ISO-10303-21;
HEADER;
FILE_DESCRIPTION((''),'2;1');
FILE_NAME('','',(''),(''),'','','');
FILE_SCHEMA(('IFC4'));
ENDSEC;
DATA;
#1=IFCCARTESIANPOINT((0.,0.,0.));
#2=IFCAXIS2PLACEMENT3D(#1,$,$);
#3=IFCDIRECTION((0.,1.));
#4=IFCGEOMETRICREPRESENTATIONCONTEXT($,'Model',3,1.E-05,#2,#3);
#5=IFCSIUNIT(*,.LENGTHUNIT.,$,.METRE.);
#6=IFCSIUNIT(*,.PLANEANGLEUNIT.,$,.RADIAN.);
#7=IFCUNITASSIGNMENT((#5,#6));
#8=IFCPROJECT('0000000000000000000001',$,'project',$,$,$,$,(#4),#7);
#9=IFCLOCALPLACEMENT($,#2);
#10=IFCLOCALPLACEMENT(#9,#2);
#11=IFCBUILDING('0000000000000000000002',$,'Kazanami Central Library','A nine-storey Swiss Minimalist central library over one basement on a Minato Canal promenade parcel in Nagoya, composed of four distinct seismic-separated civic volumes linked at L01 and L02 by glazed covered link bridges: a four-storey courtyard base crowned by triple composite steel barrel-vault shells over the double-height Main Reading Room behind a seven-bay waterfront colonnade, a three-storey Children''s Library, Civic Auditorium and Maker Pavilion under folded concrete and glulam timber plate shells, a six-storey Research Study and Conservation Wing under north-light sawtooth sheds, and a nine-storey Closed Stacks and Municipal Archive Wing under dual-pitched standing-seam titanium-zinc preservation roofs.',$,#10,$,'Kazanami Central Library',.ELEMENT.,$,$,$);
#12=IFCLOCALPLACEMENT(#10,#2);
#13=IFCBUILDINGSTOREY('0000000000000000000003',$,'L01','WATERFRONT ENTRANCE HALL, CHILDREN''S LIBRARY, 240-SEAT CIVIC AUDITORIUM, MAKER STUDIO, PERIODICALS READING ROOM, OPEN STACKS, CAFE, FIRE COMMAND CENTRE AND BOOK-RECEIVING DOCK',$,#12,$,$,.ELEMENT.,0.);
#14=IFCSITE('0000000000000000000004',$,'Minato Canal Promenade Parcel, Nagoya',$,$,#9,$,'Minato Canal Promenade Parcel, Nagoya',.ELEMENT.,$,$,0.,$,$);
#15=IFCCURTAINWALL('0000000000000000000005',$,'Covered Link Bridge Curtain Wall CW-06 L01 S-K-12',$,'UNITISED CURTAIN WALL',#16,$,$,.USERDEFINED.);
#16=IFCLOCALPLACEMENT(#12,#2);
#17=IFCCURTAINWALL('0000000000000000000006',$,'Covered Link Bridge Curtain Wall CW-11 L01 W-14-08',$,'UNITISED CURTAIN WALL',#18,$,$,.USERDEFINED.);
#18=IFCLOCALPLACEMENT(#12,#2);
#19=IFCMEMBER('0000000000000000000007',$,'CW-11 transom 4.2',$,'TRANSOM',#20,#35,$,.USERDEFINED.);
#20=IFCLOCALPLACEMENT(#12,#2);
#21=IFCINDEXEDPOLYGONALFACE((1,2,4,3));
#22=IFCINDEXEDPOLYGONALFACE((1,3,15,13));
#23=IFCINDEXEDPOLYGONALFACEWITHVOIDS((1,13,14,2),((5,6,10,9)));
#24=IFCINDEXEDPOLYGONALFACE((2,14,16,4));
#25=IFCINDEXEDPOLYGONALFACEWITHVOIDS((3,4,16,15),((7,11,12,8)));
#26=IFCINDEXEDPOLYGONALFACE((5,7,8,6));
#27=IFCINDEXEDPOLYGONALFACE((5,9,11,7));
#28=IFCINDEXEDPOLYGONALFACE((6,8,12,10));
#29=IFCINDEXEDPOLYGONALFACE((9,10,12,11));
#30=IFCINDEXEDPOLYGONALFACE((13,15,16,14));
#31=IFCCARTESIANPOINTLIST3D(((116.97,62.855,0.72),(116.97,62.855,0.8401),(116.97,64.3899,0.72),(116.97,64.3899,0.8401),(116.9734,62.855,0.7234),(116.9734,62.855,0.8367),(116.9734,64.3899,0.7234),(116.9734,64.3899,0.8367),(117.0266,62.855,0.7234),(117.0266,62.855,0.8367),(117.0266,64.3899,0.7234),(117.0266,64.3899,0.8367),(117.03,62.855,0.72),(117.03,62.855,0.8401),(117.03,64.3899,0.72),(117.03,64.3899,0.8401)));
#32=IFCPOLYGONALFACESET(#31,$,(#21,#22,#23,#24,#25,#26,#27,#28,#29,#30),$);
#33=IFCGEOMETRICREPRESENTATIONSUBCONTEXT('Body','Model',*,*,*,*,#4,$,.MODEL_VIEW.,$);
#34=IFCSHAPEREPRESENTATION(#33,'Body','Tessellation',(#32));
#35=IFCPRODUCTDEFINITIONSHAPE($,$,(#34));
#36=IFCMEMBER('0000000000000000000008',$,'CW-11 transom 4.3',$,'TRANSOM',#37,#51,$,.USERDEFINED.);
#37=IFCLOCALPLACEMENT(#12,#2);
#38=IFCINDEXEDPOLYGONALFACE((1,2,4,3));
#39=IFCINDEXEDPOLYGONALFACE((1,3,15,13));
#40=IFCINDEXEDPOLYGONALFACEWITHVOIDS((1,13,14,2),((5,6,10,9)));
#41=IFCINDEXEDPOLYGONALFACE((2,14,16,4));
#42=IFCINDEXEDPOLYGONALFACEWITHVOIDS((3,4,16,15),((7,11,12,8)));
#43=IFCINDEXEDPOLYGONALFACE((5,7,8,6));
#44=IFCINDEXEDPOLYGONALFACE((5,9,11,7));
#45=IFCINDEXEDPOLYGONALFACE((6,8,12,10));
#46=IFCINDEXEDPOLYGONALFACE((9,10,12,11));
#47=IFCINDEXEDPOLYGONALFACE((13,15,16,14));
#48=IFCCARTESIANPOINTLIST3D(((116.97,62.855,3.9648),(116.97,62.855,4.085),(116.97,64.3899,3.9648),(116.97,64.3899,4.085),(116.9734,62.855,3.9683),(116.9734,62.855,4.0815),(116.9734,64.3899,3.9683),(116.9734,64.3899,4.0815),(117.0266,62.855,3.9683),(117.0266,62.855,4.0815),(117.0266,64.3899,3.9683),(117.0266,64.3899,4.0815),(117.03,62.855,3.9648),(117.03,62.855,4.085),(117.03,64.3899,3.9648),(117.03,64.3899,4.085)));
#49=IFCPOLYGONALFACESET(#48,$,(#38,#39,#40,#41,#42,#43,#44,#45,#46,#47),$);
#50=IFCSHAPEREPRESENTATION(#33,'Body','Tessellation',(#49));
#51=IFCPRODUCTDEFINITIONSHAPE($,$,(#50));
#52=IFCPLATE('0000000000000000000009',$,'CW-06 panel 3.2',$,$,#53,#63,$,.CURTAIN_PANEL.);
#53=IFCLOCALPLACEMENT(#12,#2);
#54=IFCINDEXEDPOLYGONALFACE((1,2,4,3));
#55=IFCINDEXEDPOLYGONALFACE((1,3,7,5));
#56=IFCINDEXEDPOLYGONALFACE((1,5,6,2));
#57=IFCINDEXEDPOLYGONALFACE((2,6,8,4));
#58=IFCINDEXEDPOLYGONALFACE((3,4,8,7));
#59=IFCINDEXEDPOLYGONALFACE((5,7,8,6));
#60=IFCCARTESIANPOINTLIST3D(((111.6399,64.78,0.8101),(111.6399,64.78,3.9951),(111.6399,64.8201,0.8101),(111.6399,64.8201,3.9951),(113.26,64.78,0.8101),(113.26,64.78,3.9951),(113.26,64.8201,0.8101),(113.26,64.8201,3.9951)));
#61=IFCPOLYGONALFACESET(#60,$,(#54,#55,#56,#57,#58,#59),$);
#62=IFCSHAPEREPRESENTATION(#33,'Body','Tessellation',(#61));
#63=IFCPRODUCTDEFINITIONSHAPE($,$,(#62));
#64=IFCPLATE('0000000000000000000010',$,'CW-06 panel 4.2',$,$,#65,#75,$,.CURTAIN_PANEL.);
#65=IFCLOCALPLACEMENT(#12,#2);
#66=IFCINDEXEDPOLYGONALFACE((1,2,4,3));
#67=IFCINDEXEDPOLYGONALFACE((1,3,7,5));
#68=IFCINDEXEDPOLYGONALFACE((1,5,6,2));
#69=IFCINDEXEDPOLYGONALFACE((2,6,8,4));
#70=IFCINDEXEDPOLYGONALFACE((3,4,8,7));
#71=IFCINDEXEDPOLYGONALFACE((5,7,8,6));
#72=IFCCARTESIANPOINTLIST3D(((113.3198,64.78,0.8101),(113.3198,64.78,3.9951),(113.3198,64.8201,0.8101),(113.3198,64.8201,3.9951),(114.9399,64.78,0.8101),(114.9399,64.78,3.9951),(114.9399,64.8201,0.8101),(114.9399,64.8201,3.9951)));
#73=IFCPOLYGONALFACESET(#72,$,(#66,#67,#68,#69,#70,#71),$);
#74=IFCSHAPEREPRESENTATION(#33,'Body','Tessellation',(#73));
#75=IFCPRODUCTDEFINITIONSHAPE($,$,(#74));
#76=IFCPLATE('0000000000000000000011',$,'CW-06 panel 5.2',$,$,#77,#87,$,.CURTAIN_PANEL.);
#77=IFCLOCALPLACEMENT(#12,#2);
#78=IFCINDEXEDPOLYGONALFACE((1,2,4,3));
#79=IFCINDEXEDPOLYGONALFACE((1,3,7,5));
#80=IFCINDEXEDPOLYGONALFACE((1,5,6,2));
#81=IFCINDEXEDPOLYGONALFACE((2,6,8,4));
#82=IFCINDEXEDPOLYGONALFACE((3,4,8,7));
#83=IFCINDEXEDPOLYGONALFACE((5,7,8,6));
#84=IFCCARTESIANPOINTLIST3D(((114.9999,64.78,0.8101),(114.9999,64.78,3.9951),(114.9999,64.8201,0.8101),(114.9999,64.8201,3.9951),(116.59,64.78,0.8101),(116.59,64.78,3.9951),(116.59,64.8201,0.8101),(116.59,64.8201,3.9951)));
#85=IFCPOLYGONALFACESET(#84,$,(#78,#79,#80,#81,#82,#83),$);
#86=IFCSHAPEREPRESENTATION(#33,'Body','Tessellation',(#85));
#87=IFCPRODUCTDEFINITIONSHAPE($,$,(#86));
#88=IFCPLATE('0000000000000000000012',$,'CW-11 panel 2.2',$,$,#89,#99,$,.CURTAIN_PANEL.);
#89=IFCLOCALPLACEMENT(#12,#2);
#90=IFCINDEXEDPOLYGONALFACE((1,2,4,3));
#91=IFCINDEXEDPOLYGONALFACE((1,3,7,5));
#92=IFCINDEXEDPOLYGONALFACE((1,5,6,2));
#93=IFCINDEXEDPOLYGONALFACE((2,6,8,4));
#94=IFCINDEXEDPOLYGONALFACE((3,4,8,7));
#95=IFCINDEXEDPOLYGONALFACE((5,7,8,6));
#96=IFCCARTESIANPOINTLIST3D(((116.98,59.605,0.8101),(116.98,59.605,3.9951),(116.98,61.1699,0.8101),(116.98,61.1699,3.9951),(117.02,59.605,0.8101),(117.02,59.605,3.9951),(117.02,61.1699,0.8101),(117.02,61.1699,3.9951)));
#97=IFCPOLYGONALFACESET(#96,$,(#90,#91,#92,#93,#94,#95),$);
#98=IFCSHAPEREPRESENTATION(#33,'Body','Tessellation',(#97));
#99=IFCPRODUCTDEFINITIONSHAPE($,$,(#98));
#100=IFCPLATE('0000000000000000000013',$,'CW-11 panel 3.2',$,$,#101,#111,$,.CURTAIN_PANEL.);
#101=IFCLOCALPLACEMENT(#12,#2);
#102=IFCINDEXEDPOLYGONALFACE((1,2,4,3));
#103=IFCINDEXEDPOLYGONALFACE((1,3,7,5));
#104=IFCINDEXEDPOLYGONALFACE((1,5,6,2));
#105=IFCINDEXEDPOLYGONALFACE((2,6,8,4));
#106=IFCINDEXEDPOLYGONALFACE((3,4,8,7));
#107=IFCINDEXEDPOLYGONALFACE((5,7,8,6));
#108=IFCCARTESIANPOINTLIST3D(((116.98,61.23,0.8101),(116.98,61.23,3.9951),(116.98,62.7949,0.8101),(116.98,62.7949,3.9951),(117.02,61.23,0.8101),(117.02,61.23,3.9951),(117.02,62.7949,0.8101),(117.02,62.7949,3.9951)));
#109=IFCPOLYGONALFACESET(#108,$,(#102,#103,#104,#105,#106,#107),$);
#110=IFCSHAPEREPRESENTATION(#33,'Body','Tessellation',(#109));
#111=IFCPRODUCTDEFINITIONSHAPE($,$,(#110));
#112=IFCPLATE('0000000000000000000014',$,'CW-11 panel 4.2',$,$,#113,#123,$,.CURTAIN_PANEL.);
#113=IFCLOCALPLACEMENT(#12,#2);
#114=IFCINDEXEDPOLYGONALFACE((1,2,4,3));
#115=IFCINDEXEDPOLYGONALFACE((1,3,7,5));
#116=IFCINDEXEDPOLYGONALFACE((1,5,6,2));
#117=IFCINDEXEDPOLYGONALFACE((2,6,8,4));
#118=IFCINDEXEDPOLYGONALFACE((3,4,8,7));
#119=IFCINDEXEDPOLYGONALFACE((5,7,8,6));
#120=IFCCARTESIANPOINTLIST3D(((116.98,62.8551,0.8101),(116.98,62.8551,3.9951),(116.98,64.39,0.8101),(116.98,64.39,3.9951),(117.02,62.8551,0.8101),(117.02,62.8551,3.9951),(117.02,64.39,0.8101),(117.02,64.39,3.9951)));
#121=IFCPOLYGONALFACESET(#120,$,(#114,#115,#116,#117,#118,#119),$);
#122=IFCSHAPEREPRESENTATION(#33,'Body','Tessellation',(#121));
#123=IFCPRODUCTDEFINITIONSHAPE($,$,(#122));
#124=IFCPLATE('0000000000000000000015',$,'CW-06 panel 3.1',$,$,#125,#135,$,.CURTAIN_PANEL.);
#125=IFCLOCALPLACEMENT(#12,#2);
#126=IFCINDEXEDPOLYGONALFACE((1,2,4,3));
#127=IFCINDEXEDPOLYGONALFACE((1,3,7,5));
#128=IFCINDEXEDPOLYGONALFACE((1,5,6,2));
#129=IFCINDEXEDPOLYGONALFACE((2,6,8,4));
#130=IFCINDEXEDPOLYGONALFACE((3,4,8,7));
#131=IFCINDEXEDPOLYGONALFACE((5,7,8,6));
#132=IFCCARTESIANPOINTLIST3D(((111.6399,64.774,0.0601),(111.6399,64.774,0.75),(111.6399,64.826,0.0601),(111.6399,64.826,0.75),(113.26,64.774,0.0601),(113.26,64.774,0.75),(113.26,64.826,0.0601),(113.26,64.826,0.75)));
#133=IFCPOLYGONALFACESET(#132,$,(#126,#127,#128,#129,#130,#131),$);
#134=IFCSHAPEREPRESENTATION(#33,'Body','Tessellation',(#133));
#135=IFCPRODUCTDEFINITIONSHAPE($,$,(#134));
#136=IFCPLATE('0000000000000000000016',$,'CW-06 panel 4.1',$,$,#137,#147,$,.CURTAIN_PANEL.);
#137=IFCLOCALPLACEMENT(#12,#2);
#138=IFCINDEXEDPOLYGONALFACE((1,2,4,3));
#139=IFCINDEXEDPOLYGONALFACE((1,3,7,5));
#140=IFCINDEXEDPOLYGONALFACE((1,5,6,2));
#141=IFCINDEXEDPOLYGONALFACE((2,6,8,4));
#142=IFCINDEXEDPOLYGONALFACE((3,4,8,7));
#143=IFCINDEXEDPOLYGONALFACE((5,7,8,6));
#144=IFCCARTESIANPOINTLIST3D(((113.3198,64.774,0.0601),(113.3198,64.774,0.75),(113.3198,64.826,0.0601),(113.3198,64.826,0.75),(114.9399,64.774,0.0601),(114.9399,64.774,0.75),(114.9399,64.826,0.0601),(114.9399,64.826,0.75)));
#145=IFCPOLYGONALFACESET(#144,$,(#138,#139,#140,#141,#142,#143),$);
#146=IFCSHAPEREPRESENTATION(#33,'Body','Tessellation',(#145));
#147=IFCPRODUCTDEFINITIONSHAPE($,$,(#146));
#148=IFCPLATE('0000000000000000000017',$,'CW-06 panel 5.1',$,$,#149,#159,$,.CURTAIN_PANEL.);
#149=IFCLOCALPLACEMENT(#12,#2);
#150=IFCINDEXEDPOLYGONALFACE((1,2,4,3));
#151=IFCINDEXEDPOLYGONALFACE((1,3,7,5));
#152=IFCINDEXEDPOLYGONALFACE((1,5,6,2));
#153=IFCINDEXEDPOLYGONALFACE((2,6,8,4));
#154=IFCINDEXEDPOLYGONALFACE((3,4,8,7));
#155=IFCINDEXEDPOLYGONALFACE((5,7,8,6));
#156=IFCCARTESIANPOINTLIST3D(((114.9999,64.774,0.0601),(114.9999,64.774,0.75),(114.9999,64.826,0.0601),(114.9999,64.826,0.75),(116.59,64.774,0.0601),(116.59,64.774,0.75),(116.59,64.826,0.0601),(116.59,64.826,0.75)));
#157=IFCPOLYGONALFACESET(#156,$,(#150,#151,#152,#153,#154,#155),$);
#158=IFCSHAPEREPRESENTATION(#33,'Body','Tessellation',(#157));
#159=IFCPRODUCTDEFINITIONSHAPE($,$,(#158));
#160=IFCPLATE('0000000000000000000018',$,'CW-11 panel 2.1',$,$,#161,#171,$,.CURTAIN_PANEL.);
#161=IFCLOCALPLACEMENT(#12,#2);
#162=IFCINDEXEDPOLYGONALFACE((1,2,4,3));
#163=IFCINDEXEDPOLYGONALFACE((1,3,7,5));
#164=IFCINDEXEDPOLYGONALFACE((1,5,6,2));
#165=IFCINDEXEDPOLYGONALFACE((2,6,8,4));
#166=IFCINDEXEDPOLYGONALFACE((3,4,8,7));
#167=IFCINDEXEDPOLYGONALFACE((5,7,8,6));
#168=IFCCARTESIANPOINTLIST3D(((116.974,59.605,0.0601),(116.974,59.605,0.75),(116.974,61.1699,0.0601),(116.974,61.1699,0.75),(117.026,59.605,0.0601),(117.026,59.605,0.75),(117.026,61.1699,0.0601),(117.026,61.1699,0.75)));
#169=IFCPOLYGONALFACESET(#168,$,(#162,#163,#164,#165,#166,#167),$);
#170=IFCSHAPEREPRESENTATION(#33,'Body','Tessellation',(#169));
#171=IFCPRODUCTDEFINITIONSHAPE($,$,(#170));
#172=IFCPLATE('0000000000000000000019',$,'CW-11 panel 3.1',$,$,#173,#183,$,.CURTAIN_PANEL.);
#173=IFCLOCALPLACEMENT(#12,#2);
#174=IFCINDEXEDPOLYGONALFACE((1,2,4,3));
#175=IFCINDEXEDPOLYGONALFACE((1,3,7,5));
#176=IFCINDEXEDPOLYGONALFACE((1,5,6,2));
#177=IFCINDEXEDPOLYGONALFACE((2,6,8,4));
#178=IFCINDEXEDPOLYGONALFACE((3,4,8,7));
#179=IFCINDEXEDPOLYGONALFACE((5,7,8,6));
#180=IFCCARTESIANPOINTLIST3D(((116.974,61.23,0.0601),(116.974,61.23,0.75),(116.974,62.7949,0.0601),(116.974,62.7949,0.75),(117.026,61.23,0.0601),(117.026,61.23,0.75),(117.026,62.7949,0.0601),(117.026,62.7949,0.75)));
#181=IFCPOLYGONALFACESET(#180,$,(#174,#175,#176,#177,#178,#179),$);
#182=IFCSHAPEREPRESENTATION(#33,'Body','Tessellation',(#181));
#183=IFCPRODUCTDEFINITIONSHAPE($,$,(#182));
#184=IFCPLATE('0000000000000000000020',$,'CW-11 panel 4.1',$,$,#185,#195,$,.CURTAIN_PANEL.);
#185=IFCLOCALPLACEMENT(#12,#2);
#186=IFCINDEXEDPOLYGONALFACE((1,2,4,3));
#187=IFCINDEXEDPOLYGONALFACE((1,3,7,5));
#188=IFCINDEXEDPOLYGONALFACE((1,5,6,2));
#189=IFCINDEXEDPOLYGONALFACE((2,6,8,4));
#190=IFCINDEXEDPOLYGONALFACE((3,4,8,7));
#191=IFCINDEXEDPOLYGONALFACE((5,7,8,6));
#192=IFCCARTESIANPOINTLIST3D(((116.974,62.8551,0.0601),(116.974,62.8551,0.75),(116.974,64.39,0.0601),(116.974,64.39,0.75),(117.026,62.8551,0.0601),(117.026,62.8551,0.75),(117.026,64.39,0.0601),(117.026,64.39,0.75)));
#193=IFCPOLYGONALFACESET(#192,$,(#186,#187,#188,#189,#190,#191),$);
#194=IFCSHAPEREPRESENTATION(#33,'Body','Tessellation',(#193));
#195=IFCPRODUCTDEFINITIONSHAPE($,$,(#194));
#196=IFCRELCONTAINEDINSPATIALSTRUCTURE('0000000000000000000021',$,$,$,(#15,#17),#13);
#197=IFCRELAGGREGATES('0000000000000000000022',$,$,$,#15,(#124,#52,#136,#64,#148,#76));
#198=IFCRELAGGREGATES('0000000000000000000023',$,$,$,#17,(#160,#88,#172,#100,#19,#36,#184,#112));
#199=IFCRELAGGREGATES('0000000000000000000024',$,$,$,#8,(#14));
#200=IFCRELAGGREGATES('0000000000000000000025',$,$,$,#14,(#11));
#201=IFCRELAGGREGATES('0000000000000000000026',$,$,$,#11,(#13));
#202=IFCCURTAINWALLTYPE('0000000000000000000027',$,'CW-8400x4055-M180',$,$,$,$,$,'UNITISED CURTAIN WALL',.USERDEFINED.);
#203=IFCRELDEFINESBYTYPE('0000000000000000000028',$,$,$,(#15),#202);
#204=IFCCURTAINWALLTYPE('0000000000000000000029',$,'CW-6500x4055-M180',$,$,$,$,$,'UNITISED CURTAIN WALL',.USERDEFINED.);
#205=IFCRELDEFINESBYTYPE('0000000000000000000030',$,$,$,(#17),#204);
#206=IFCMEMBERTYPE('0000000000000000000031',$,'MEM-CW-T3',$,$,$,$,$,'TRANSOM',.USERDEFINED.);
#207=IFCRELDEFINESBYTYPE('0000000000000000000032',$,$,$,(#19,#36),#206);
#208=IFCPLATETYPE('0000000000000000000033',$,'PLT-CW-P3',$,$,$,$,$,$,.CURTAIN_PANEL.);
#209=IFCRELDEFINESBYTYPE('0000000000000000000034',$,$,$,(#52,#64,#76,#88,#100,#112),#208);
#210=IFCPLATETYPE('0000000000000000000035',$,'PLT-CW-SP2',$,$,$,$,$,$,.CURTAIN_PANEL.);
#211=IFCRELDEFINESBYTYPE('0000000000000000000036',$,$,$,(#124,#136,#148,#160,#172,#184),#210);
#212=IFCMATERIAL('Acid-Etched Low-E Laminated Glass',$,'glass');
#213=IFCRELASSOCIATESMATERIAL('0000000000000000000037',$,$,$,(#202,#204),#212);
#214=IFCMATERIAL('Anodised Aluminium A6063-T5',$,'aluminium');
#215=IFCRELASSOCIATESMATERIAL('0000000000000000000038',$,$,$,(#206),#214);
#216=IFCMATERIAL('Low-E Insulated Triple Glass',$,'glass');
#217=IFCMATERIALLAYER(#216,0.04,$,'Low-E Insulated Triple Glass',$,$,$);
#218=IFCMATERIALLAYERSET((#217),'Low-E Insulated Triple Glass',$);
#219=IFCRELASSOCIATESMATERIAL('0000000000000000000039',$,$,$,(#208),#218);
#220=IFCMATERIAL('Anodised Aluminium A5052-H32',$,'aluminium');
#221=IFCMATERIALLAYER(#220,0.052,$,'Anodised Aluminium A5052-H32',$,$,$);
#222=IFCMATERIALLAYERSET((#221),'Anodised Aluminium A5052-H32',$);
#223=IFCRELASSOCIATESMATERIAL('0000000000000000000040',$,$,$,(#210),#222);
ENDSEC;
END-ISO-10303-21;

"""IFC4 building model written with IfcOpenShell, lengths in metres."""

from ifc_helpers import new_model, si_unit, direction, frame, origin, origin_2d, place, context, subcontext, project, spatial, rectangle, hollow_rectangle, extrude, material, layer, layer_set, material_profile, profile_set, type_object, element, aggregate, save


model = new_model("IFC4")

# Units and contexts
model_context = context("Model", 3, precision=1e-05, world=origin(), true_north=direction((0.0, 1.0)))
body_context = subcontext(model_context, "Body", "Model", "MODEL_VIEW")
ifc_project = project(units=[si_unit("LENGTHUNIT", "METRE"), si_unit("PLANEANGLEUNIT", "RADIAN")], contexts=[model_context])

# Site, building, storey
site_placement = place(None, origin())
site = spatial("IfcSite", under=ifc_project, at=site_placement, Name="Minato Canal Promenade Parcel, Nagoya", LongName="Minato Canal Promenade Parcel, Nagoya", CompositionType="ELEMENT", RefElevation=0.0)
building_placement = place(site_placement, origin())
building = spatial("IfcBuilding", under=site, at=building_placement, Name="Kazanami Central Library", Description="A nine-storey Swiss Minimalist central library over one basement on a Minato Canal promenade parcel in Nagoya, composed of four distinct seismic-separated civic volumes linked at L01 and L02 by glazed covered link bridges: a four-storey courtyard base crowned by triple composite steel barrel-vault shells over the double-height Main Reading Room behind a seven-bay waterfront colonnade, a three-storey Children's Library, Civic Auditorium and Maker Pavilion under folded concrete and glulam timber plate shells, a six-storey Research Study and Conservation Wing under north-light sawtooth sheds, and a nine-storey Closed Stacks and Municipal Archive Wing under dual-pitched standing-seam titanium-zinc preservation roofs.", LongName="Kazanami Central Library", CompositionType="ELEMENT")
storey_placement = place(building_placement, origin())
storey = spatial("IfcBuildingStorey", under=building, at=storey_placement, Name="L01", Description="WATERFRONT ENTRANCE HALL, CHILDREN'S LIBRARY, 240-SEAT CIVIC AUDITORIUM, MAKER STUDIO, PERIODICALS READING ROOM, OPEN STACKS, CAFE, FIRE COMMAND CENTRE AND BOOK-RECEIVING DOCK", CompositionType="ELEMENT", Elevation=0.0)

# Curtain walls
ifc_material_1 = material(Name="Acid-Etched Low-E Laminated Glass", Category="glass")
curtain_wall_type_1 = type_object("IfcCurtainWallType", Name="CW-8400x4055-M180", ElementType="UNITISED CURTAIN WALL", PredefinedType="USERDEFINED", material=ifc_material_1)
curtain_wall_1_placement = place(storey_placement, origin())
curtain_wall_1 = element("IfcCurtainWall", 1, at=curtain_wall_1_placement, inside=storey, type_object=curtain_wall_type_1, Name="Covered Link Bridge Curtain Wall CW-06 L01 S-K-12", ObjectType="UNITISED CURTAIN WALL", PredefinedType="USERDEFINED")
ifc_material_2 = material(Name="Anodised Aluminium A6063-T5", Category="aluminium")
curtain_wall_type_2 = type_object("IfcCurtainWallType", Name="CW-6500x4055-M180", ElementType="UNITISED CURTAIN WALL", PredefinedType="USERDEFINED", material=ifc_material_1)
curtain_wall_2_placement = place(storey_placement, origin())
curtain_wall_2 = element("IfcCurtainWall", 2, at=curtain_wall_2_placement, inside=storey, type_object=curtain_wall_type_2, Name="Covered Link Bridge Curtain Wall CW-11 L01 W-14-08", ObjectType="UNITISED CURTAIN WALL", PredefinedType="USERDEFINED")

# Members
ifc_material_profile_1 = material_profile(ifc_material_2, hollow_rectangle(XDim=0.0601, YDim=0.1201, WallThickness=0.0034, at=origin_2d()), Name="ALU-TRAN-60x120x3.5")
ifc_profile_set_1 = profile_set([ifc_material_profile_1], Name="Anodised Aluminium A6063-T5")
member_type_1 = type_object("IfcMemberType", Name="MEM-CW-T3", ElementType="TRANSOM", PredefinedType="USERDEFINED", material=ifc_profile_set_1)
member_1_placement = place(storey_placement, frame((117.0, 62.855, 0.78), z_axis=(0.0, 1.0, 0.0), x_axis=(-1.0, 0.0, 0.0)))
member_1 = element("IfcMember", 3, at=member_1_placement, type_object=member_type_1, Name="CW-11 transom 4.2", ObjectType="TRANSOM", PredefinedType="USERDEFINED", context=body_context, shape_type="SweptSolid", body=[
    extrude(hollow_rectangle(XDim=0.0601, YDim=0.1201, WallThickness=0.0034, at=origin_2d()), origin(), (0.0, 0.0, 1.0), 1.5349),
])
member_2_placement = place(storey_placement, frame((117.0, 62.855, 4.0249), z_axis=(0.0, 1.0, 0.0), x_axis=(-1.0, 0.0, 0.0)))
member_2 = element("IfcMember", 4, at=member_2_placement, type_object=member_type_1, Name="CW-11 transom 4.3", ObjectType="TRANSOM", PredefinedType="USERDEFINED", context=body_context, shape_type="SweptSolid", body=[
    extrude(hollow_rectangle(XDim=0.0601, YDim=0.1201, WallThickness=0.0034, at=origin_2d()), origin(), (0.0, 0.0, 1.0), 1.5349),
])

# Plates
ifc_material_3 = material(Name="Low-E Insulated Triple Glass", Category="glass")
ifc_layer_1 = layer(ifc_material_3, 0.04, Name="Low-E Insulated Triple Glass")
ifc_layer_set_1 = layer_set([ifc_layer_1], Name="Low-E Insulated Triple Glass")
plate_type_1 = type_object("IfcPlateType", Name="PLT-CW-P3", PredefinedType="CURTAIN_PANEL", material=ifc_layer_set_1)
plate_1_placement = place(storey_placement, frame((112.45, 64.8, 0.8101), z_axis=(0.0, 0.0, 1.0), x_axis=(1.0, 0.0, 0.0)))
plate_1 = element("IfcPlate", 5, at=plate_1_placement, type_object=plate_type_1, Name="CW-06 panel 3.2", PredefinedType="CURTAIN_PANEL", context=body_context, shape_type="SweptSolid", body=[
    extrude(rectangle(XDim=1.6201, YDim=0.04, at=origin_2d()), origin(), (0.0, 0.0, 1.0), 3.1851),
])
plate_2_placement = place(storey_placement, frame((114.1299, 64.8, 0.8101), z_axis=(0.0, 0.0, 1.0), x_axis=(1.0, 0.0, 0.0)))
plate_2 = element("IfcPlate", 6, at=plate_2_placement, type_object=plate_type_1, Name="CW-06 panel 4.2", PredefinedType="CURTAIN_PANEL", context=body_context, shape_type="SweptSolid", body=[
    extrude(rectangle(XDim=1.6201, YDim=0.04, at=origin_2d()), origin(), (0.0, 0.0, 1.0), 3.1851),
])
plate_3_placement = place(storey_placement, frame((115.7949, 64.8, 0.8101), z_axis=(0.0, 0.0, 1.0), x_axis=(1.0, 0.0, 0.0)))
plate_3 = element("IfcPlate", 7, at=plate_3_placement, type_object=plate_type_1, Name="CW-06 panel 5.2", PredefinedType="CURTAIN_PANEL", context=body_context, shape_type="SweptSolid", body=[
    extrude(rectangle(XDim=1.5901, YDim=0.04, at=origin_2d()), origin(), (0.0, 0.0, 1.0), 3.1851),
])
plate_4_placement = place(storey_placement, frame((117.0, 60.3875, 0.8101), z_axis=(0.0, 0.0, 1.0), x_axis=(0.0, 1.0, 0.0)))
plate_4 = element("IfcPlate", 8, at=plate_4_placement, type_object=plate_type_1, Name="CW-11 panel 2.2", PredefinedType="CURTAIN_PANEL", context=body_context, shape_type="SweptSolid", body=[
    extrude(rectangle(XDim=1.5649, YDim=0.04, at=origin_2d()), origin(), (0.0, 0.0, 1.0), 3.1851),
])
plate_5_placement = place(storey_placement, frame((117.0, 62.0125, 0.8101), z_axis=(0.0, 0.0, 1.0), x_axis=(0.0, 1.0, 0.0)))
plate_5 = element("IfcPlate", 9, at=plate_5_placement, type_object=plate_type_1, Name="CW-11 panel 3.2", PredefinedType="CURTAIN_PANEL", context=body_context, shape_type="SweptSolid", body=[
    extrude(rectangle(XDim=1.5649, YDim=0.04, at=origin_2d()), origin(), (0.0, 0.0, 1.0), 3.1851),
])
plate_6_placement = place(storey_placement, frame((117.0, 63.6226, 0.8101), z_axis=(0.0, 0.0, 1.0), x_axis=(0.0, 1.0, 0.0)))
plate_6 = element("IfcPlate", 10, at=plate_6_placement, type_object=plate_type_1, Name="CW-11 panel 4.2", PredefinedType="CURTAIN_PANEL", context=body_context, shape_type="SweptSolid", body=[
    extrude(rectangle(XDim=1.5349, YDim=0.04, at=origin_2d()), origin(), (0.0, 0.0, 1.0), 3.1851),
])
ifc_material_4 = material(Name="Anodised Aluminium A5052-H32", Category="aluminium")
ifc_layer_2 = layer(ifc_material_4, 0.052, Name="Anodised Aluminium A5052-H32")
ifc_layer_set_2 = layer_set([ifc_layer_2], Name="Anodised Aluminium A5052-H32")
plate_type_2 = type_object("IfcPlateType", Name="PLT-CW-SP2", PredefinedType="CURTAIN_PANEL", material=ifc_layer_set_2)
plate_7_placement = place(storey_placement, frame((112.45, 64.8, 0.0601), z_axis=(0.0, 0.0, 1.0), x_axis=(1.0, 0.0, 0.0)))
plate_7 = element("IfcPlate", 11, at=plate_7_placement, type_object=plate_type_2, Name="CW-06 panel 3.1", PredefinedType="CURTAIN_PANEL", context=body_context, shape_type="SweptSolid", body=[
    extrude(rectangle(XDim=1.6201, YDim=0.052, at=origin_2d()), origin(), (0.0, 0.0, 1.0), 0.6899),
])
plate_8_placement = place(storey_placement, frame((114.1299, 64.8, 0.0601), z_axis=(0.0, 0.0, 1.0), x_axis=(1.0, 0.0, 0.0)))
plate_8 = element("IfcPlate", 12, at=plate_8_placement, type_object=plate_type_2, Name="CW-06 panel 4.1", PredefinedType="CURTAIN_PANEL", context=body_context, shape_type="SweptSolid", body=[
    extrude(rectangle(XDim=1.6201, YDim=0.052, at=origin_2d()), origin(), (0.0, 0.0, 1.0), 0.6899),
])
plate_9_placement = place(storey_placement, frame((115.7949, 64.8, 0.0601), z_axis=(0.0, 0.0, 1.0), x_axis=(1.0, 0.0, 0.0)))
plate_9 = element("IfcPlate", 13, at=plate_9_placement, type_object=plate_type_2, Name="CW-06 panel 5.1", PredefinedType="CURTAIN_PANEL", context=body_context, shape_type="SweptSolid", body=[
    extrude(rectangle(XDim=1.5901, YDim=0.052, at=origin_2d()), origin(), (0.0, 0.0, 1.0), 0.6899),
])
aggregate(curtain_wall_1, [plate_7, plate_1, plate_8, plate_2, plate_9, plate_3])
plate_10_placement = place(storey_placement, frame((117.0, 60.3875, 0.0601), z_axis=(0.0, 0.0, 1.0), x_axis=(0.0, 1.0, 0.0)))
plate_10 = element("IfcPlate", 14, at=plate_10_placement, type_object=plate_type_2, Name="CW-11 panel 2.1", PredefinedType="CURTAIN_PANEL", context=body_context, shape_type="SweptSolid", body=[
    extrude(rectangle(XDim=1.5649, YDim=0.052, at=origin_2d()), origin(), (0.0, 0.0, 1.0), 0.6899),
])
plate_11_placement = place(storey_placement, frame((117.0, 62.0125, 0.0601), z_axis=(0.0, 0.0, 1.0), x_axis=(0.0, 1.0, 0.0)))
plate_11 = element("IfcPlate", 15, at=plate_11_placement, type_object=plate_type_2, Name="CW-11 panel 3.1", PredefinedType="CURTAIN_PANEL", context=body_context, shape_type="SweptSolid", body=[
    extrude(rectangle(XDim=1.5649, YDim=0.052, at=origin_2d()), origin(), (0.0, 0.0, 1.0), 0.6899),
])
plate_12_placement = place(storey_placement, frame((117.0, 63.6226, 0.0601), z_axis=(0.0, 0.0, 1.0), x_axis=(0.0, 1.0, 0.0)))
plate_12 = element("IfcPlate", 16, at=plate_12_placement, type_object=plate_type_2, Name="CW-11 panel 4.1", PredefinedType="CURTAIN_PANEL", context=body_context, shape_type="SweptSolid", body=[
    extrude(rectangle(XDim=1.5349, YDim=0.052, at=origin_2d()), origin(), (0.0, 0.0, 1.0), 0.6899),
])
aggregate(curtain_wall_2, [plate_10, plate_4, plate_11, plate_5, member_1, member_2, plate_12, plate_6])

save(model, "model.ifc")
